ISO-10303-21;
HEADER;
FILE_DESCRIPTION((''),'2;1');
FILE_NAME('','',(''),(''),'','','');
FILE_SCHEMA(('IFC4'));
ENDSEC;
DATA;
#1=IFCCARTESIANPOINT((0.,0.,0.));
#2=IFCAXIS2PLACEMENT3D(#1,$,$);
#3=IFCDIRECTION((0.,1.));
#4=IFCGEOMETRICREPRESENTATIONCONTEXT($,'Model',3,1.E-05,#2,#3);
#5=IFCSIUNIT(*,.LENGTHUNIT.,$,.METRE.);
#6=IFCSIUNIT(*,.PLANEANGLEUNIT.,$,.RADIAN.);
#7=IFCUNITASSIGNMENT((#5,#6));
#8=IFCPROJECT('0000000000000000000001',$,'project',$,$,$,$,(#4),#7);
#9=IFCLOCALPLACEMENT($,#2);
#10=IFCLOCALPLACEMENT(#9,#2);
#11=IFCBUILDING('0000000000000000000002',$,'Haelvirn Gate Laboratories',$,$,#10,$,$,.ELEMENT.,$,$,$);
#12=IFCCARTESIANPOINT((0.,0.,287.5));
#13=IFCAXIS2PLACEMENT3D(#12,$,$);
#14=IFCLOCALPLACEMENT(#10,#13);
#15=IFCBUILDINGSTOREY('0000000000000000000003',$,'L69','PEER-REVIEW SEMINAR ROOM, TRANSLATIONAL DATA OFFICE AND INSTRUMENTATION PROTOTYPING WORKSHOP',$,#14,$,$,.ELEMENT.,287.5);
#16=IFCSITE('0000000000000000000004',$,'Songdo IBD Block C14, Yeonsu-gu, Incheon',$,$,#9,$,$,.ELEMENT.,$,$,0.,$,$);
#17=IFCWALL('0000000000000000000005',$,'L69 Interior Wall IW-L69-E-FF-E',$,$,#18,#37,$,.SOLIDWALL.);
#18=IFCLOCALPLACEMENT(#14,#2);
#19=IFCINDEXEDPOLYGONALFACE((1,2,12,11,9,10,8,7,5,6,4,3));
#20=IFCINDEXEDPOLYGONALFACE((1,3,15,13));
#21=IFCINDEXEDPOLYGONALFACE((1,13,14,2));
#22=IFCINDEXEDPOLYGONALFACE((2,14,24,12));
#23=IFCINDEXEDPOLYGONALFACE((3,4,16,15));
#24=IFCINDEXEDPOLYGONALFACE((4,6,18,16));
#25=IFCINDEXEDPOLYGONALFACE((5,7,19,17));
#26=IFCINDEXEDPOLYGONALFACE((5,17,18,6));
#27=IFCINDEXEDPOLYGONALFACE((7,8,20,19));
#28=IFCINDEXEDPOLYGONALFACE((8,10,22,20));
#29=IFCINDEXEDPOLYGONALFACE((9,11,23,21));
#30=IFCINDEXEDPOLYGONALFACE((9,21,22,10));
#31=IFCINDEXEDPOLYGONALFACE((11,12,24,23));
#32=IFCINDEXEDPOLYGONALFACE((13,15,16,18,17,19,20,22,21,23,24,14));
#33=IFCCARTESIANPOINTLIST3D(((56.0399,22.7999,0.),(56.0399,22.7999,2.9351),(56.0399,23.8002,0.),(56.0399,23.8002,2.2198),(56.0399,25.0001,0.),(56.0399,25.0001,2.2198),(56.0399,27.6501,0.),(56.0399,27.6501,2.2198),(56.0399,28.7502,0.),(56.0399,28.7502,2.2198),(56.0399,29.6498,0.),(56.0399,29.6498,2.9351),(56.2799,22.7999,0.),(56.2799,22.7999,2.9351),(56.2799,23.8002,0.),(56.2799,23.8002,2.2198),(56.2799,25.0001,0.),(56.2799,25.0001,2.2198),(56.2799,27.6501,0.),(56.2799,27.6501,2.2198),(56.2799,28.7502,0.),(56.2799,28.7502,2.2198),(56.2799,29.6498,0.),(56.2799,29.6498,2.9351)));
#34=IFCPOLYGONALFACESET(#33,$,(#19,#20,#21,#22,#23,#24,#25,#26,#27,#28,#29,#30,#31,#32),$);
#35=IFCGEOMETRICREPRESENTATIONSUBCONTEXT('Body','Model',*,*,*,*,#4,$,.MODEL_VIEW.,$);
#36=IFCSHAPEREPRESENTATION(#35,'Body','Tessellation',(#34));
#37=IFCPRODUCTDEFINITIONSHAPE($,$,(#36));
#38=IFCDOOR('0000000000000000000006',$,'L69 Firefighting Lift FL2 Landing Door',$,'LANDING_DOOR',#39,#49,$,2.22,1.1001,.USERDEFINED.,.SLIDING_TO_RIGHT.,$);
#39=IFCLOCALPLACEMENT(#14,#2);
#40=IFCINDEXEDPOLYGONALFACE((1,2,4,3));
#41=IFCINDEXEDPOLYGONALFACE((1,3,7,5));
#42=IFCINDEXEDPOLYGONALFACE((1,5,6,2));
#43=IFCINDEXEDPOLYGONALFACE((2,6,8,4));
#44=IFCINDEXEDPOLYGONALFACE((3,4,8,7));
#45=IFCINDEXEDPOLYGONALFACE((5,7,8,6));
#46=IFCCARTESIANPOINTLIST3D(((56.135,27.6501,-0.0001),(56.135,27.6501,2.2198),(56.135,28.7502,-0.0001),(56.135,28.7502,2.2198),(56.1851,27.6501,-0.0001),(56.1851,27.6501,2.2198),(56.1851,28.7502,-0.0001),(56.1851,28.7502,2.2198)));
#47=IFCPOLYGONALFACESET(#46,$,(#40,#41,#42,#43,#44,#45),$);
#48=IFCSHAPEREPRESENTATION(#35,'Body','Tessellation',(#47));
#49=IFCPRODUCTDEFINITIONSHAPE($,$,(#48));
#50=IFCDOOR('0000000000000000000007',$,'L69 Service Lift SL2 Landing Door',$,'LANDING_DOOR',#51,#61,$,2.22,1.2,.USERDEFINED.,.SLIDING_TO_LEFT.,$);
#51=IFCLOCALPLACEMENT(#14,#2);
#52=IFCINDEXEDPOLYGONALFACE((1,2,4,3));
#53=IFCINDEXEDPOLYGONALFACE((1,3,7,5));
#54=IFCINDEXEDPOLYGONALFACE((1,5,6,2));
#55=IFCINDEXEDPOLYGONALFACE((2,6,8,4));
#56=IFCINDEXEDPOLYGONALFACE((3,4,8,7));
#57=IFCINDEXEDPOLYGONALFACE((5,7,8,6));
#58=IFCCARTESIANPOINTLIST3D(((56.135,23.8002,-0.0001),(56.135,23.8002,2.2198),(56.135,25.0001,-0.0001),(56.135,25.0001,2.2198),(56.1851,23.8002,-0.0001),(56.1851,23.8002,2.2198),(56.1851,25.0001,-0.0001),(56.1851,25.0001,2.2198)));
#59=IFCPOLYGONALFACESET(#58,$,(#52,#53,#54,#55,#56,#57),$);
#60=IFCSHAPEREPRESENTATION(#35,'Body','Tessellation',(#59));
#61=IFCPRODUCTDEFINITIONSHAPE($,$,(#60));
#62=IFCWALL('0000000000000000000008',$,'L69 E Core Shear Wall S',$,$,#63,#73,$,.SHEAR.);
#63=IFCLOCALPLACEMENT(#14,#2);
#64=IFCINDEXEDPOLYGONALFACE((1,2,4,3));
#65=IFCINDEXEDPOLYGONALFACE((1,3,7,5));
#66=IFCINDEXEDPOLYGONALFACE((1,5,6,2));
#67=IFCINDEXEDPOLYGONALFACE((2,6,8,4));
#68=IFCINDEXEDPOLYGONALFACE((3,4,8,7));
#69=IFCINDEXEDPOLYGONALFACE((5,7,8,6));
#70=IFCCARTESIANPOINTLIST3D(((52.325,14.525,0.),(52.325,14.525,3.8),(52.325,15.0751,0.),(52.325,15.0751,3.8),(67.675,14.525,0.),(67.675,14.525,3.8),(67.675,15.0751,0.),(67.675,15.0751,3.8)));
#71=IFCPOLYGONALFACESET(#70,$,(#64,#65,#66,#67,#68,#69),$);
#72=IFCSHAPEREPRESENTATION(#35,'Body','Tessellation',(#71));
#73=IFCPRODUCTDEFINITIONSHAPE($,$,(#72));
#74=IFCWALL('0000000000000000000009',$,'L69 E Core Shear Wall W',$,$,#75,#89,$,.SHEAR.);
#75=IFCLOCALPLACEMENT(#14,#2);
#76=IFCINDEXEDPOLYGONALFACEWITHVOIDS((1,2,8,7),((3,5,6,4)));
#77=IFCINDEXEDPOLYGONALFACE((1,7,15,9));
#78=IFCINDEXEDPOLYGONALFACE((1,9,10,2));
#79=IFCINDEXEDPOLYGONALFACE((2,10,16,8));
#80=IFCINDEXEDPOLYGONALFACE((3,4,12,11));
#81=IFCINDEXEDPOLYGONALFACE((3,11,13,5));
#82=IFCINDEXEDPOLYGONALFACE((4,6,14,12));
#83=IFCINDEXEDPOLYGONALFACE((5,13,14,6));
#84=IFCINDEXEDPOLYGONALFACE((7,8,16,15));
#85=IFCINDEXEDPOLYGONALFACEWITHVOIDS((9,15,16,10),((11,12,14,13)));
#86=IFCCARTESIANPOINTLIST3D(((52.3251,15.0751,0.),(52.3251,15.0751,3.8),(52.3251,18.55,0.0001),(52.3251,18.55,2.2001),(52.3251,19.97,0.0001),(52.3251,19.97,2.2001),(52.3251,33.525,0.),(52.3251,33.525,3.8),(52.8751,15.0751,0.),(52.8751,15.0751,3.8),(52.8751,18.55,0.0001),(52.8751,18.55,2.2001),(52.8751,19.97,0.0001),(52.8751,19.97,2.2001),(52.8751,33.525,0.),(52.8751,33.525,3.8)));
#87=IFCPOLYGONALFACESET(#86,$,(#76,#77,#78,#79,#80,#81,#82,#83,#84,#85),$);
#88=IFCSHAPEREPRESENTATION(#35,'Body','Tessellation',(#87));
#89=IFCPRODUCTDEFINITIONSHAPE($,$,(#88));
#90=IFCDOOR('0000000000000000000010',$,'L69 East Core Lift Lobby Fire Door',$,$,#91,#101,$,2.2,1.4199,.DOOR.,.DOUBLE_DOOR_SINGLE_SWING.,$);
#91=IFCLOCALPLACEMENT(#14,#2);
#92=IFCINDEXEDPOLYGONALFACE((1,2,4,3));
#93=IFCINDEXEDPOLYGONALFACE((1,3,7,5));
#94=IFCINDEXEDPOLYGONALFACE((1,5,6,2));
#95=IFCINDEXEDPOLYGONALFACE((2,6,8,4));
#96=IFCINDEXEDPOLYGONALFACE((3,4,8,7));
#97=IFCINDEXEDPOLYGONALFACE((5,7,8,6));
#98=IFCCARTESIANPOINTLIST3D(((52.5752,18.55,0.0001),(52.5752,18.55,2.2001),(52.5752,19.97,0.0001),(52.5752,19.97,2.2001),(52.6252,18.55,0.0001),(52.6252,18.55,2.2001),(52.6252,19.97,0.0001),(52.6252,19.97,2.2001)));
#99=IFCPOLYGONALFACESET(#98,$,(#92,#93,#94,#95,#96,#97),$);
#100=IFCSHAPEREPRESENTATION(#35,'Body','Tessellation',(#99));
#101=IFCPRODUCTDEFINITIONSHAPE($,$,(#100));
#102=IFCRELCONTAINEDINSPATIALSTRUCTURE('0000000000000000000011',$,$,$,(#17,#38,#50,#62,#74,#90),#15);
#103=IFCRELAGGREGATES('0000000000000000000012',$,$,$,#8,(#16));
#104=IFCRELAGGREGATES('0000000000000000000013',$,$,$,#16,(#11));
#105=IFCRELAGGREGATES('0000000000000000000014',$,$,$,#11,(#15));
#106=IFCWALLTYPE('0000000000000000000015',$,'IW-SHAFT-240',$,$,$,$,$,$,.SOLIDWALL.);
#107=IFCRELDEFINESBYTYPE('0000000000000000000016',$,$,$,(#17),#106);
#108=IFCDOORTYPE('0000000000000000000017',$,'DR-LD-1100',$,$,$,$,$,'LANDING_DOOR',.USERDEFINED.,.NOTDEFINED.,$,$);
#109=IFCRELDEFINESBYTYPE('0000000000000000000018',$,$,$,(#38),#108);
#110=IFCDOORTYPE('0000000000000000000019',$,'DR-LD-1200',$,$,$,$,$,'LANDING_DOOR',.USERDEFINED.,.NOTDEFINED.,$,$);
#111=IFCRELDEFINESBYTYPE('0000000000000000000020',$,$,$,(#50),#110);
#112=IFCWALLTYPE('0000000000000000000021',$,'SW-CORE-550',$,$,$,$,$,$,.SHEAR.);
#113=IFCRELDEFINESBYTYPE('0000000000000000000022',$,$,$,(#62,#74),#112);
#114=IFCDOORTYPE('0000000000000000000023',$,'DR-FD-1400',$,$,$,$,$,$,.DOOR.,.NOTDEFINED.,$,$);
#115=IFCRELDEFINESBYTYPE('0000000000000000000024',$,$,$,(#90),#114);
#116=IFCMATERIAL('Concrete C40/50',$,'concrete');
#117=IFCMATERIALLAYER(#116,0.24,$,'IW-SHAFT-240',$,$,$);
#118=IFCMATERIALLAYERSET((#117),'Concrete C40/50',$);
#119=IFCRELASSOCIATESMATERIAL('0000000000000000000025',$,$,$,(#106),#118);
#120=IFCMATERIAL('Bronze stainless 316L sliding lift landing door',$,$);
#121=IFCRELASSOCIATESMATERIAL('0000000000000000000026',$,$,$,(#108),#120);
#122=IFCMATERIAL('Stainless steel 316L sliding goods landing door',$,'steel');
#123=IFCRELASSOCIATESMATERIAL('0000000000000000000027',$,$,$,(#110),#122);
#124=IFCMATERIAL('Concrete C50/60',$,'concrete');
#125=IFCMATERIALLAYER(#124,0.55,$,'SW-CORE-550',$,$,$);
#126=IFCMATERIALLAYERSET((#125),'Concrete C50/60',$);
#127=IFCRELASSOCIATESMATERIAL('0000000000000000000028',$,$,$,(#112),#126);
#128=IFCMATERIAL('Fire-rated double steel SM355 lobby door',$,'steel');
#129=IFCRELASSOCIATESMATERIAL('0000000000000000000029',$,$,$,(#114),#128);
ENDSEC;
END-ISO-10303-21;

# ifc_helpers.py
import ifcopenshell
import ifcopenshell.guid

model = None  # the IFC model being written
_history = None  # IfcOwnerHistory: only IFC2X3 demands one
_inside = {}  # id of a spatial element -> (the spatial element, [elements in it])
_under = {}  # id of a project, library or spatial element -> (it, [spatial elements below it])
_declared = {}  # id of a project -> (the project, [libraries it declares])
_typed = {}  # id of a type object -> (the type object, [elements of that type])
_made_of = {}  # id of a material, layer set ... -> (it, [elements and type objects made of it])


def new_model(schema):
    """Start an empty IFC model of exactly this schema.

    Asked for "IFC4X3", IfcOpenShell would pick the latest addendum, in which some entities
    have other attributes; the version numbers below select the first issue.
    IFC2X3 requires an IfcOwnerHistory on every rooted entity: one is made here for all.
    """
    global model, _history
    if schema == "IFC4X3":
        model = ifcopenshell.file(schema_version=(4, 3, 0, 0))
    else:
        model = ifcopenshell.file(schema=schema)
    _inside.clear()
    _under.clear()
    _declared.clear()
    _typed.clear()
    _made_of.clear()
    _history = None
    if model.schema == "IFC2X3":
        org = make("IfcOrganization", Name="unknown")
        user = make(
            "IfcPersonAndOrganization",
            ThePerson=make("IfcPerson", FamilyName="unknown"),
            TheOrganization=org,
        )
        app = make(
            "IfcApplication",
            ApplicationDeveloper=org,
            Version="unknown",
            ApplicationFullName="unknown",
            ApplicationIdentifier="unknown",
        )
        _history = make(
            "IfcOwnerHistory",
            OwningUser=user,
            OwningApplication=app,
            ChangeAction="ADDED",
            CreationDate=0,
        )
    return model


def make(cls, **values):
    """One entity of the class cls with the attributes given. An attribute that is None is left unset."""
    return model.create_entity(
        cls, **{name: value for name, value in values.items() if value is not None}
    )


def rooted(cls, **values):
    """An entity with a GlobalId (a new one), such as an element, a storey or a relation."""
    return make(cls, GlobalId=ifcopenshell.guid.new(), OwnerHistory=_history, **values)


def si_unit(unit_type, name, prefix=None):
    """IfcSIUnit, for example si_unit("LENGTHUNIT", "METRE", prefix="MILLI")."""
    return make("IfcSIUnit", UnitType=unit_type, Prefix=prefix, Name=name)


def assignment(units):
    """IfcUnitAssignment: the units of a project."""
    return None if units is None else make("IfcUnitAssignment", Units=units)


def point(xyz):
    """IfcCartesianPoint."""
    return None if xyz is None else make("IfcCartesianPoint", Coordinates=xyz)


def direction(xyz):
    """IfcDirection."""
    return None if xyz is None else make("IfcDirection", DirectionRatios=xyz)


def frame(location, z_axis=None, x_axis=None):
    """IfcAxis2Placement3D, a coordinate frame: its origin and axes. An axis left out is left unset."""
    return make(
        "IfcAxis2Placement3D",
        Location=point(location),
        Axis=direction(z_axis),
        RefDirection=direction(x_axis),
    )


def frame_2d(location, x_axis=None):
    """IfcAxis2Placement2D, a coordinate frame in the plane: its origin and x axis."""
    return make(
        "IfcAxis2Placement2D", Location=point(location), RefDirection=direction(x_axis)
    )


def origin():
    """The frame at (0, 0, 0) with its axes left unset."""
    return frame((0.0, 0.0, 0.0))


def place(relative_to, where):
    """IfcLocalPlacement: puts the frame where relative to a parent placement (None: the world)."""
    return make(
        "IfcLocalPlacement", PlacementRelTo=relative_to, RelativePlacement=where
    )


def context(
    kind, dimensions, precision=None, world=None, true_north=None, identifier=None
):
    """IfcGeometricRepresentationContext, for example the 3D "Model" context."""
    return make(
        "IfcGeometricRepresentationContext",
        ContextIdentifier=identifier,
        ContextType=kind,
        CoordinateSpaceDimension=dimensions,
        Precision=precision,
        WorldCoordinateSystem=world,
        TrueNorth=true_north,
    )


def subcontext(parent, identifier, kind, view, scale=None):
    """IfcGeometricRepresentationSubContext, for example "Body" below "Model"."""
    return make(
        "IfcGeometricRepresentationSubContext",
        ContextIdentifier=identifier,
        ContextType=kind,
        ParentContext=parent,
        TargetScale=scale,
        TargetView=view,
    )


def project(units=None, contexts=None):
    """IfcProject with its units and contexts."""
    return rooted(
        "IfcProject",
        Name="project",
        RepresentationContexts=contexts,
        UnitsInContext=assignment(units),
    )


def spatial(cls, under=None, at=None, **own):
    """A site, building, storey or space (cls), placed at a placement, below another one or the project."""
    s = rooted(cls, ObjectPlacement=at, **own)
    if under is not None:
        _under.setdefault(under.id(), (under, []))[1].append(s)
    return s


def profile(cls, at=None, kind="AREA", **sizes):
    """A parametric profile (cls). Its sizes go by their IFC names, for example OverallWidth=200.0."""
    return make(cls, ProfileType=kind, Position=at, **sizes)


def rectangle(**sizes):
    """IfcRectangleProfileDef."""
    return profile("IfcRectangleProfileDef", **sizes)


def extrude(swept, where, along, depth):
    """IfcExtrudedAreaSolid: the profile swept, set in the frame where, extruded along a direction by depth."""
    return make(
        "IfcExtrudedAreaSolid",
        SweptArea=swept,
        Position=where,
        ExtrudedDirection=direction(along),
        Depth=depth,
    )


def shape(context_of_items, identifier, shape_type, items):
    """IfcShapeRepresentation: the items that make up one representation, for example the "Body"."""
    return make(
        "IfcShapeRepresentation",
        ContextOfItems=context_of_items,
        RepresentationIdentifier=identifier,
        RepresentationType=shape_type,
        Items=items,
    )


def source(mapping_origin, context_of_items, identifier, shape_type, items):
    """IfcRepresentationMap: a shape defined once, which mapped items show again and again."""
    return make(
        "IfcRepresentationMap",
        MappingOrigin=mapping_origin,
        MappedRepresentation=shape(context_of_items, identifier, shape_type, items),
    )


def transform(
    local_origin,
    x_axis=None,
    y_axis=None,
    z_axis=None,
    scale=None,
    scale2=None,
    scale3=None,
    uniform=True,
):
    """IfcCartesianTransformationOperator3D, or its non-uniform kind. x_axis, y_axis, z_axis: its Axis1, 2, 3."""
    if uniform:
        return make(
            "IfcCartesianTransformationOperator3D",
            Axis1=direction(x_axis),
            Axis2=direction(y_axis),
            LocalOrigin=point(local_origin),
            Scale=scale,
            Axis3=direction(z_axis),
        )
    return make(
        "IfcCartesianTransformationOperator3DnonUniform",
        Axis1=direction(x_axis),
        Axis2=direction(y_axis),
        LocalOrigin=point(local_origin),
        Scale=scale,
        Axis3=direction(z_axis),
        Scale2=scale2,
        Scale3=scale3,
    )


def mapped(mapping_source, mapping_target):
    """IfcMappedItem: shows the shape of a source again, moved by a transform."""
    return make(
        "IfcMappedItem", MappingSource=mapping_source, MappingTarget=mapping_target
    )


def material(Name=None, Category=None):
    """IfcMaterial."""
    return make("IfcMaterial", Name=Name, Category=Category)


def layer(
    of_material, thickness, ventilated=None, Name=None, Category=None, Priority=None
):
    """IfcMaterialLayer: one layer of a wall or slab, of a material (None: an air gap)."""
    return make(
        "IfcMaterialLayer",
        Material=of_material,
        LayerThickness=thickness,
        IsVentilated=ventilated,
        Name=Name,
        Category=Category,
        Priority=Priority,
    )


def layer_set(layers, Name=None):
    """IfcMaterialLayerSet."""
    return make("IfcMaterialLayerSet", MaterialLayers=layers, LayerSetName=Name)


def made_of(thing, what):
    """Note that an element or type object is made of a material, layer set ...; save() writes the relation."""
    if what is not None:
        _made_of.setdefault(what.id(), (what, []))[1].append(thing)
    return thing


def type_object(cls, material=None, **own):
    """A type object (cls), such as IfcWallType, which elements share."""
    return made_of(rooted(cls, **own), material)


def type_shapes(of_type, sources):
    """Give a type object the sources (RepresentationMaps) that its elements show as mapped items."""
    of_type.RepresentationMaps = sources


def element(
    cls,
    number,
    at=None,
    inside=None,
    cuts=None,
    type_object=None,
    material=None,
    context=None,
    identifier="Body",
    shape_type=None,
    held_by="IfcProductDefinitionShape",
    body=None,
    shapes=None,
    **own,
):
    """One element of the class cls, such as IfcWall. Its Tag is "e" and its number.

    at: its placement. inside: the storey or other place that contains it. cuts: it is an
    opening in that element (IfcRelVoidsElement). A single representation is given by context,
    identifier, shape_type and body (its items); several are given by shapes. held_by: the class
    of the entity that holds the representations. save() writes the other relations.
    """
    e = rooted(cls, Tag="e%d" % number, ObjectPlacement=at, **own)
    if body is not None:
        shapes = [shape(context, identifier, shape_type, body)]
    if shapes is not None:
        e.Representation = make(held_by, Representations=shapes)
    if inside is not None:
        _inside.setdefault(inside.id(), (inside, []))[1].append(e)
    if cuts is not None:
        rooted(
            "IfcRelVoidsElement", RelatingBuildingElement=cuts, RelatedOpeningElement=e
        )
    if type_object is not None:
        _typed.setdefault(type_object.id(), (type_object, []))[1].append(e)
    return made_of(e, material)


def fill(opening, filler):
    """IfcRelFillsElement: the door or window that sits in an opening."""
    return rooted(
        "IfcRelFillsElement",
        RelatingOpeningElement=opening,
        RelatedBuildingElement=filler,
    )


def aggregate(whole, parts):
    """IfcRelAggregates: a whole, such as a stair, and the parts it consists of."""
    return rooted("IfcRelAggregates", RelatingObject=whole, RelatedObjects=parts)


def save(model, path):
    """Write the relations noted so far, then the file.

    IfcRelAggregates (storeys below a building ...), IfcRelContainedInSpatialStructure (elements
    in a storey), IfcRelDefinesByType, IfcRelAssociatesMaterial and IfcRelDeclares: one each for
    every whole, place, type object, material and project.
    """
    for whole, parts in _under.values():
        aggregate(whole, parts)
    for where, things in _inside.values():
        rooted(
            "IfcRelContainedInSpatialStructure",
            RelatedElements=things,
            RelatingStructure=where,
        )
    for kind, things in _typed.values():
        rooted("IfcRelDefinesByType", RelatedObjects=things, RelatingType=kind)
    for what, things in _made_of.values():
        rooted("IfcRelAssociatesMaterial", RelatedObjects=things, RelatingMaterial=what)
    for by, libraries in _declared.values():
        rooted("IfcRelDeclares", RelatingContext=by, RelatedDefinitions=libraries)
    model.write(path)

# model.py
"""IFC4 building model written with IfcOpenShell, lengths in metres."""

from ifc_helpers import new_model, si_unit, direction, frame, frame_2d, origin, place, context, subcontext, project, spatial, rectangle, extrude, source, transform, mapped, material, layer, layer_set, type_object, type_shapes, element, fill, save


model = new_model("IFC4")

# Units and contexts
model_context = context("Model", 3, precision=1e-05, world=origin(), true_north=direction((0.0, 1.0)))
body_context = subcontext(model_context, "Body", "Model", "MODEL_VIEW")
ifc_project = project(units=[si_unit("LENGTHUNIT", "METRE"), si_unit("PLANEANGLEUNIT", "RADIAN")], contexts=[model_context])

# Site, building, storey
site_placement = place(None, origin())
site = spatial("IfcSite", under=ifc_project, at=site_placement, Name="Songdo IBD Block C14, Yeonsu-gu, Incheon", CompositionType="ELEMENT", RefElevation=0.0)
building_placement = place(site_placement, origin())
building = spatial("IfcBuilding", under=site, at=building_placement, Name="Haelvirn Gate Laboratories", CompositionType="ELEMENT")
storey_placement = place(building_placement, frame((0.0, 0.0, 287.5)))
storey = spatial("IfcBuildingStorey", under=building, at=storey_placement, Name="L69", Description="PEER-REVIEW SEMINAR ROOM, TRANSLATIONAL DATA OFFICE AND INSTRUMENTATION PROTOTYPING WORKSHOP", CompositionType="ELEMENT", Elevation=287.5)

# Shared definitions
ifc_material_1 = material(Name="Concrete C40/50", Category="concrete")

# Wall, openings, doors
ifc_layer_1 = layer(ifc_material_1, 0.24, Name="IW-SHAFT-240")
ifc_layer_set_1 = layer_set([ifc_layer_1], Name="Concrete C40/50")
wall_type_1 = type_object("IfcWallType", Name="IW-SHAFT-240", PredefinedType="SOLIDWALL", material=ifc_layer_set_1)
wall_1_placement = place(storey_placement, frame((56.1599, 22.8, 0.0), z_axis=(0.0, 0.0, 1.0), x_axis=(0.0, 1.0, 0.0)))
wall_1 = element("IfcWall", 1, at=wall_1_placement, inside=storey, type_object=wall_type_1, Name="L69 Interior Wall IW-L69-E-FF-E", PredefinedType="SOLIDWALL", context=body_context, shape_type="SweptSolid", body=[
    extrude(rectangle(XDim=6.8499, YDim=0.24, at=frame_2d((3.4248, 0.0))), origin(), (0.0, 0.0, 1.0), 2.9351),
])
opening_1_placement = place(wall_1_placement, frame((4.8501, 0.0, 0.0)))
opening_1 = element("IfcOpeningElement", 2, at=opening_1_placement, cuts=wall_1, PredefinedType="OPENING", context=body_context, shape_type="SweptSolid", body=[
    extrude(rectangle(XDim=1.1001, YDim=2.22, at=frame_2d((0.55, 1.1099))), frame((0.0, 0.1299, 0.0), z_axis=(0.0, -1.0, 0.0), x_axis=(1.0, 0.0, 0.0)), (0.0, 0.0, 1.0), 0.26),
])
opening_2_placement = place(wall_1_placement, frame((1.0, 0.0, 0.0)))
opening_2 = element("IfcOpeningElement", 3, at=opening_2_placement, cuts=wall_1, PredefinedType="OPENING", context=body_context, shape_type="SweptSolid", body=[
    extrude(rectangle(XDim=1.2, YDim=2.22, at=frame_2d((0.6001, 1.1099))), frame((0.0, 0.1299, 0.0), z_axis=(0.0, -1.0, 0.0), x_axis=(1.0, 0.0, 0.0)), (0.0, 0.0, 1.0), 0.26),
])
ifc_material_2 = material(Name="Bronze stainless 316L sliding lift landing door")
door_type_1 = type_object("IfcDoorType", Name="DR-LD-1100", ElementType="LANDING_DOOR", OperationType="NOTDEFINED", PredefinedType="USERDEFINED", material=ifc_material_2)
shared_shape_1 = source(origin(), body_context, "Body", "SweptSolid", [
    extrude(rectangle(XDim=1.1001, YDim=2.22, at=frame_2d((0.55, 1.1099))), frame((0.0, 0.0249, 0.0), z_axis=(0.0, -1.0, 0.0), x_axis=(1.0, 0.0, 0.0)), (0.0, 0.0, 1.0), 0.05),
])
type_shapes(door_type_1, [shared_shape_1])
door_1_placement = place(opening_1_placement, origin())
door_1 = element("IfcDoor", 4, at=door_1_placement, inside=storey, type_object=door_type_1, Name="L69 Firefighting Lift FL2 Landing Door", ObjectType="LANDING_DOOR", OperationType="SLIDING_TO_RIGHT", OverallHeight=2.22, OverallWidth=1.1001, PredefinedType="USERDEFINED", context=body_context, shape_type="MappedRepresentation", body=[
    mapped(shared_shape_1, transform((0.0, 0.0, 0.0), scale=1.0)),
])
fill(opening_1, door_1)
ifc_material_3 = material(Name="Stainless steel 316L sliding goods landing door", Category="steel")
door_type_2 = type_object("IfcDoorType", Name="DR-LD-1200", ElementType="LANDING_DOOR", OperationType="NOTDEFINED", PredefinedType="USERDEFINED", material=ifc_material_3)
shared_shape_2 = source(origin(), body_context, "Body", "SweptSolid", [
    extrude(rectangle(XDim=1.2, YDim=2.22, at=frame_2d((0.6001, 1.1099))), frame((0.0, 0.0249, 0.0), z_axis=(0.0, -1.0, 0.0), x_axis=(1.0, 0.0, 0.0)), (0.0, 0.0, 1.0), 0.05),
])
type_shapes(door_type_2, [shared_shape_2])
door_2_placement = place(opening_2_placement, origin())
door_2 = element("IfcDoor", 5, at=door_2_placement, inside=storey, type_object=door_type_2, Name="L69 Service Lift SL2 Landing Door", ObjectType="LANDING_DOOR", OperationType="SLIDING_TO_LEFT", OverallHeight=2.22, OverallWidth=1.2, PredefinedType="USERDEFINED", context=body_context, shape_type="MappedRepresentation", body=[
    mapped(shared_shape_2, transform((0.0, 0.0, 0.0), scale=1.0)),
])
fill(opening_2, door_2)

# Wall
ifc_material_4 = material(Name="Concrete C50/60", Category="concrete")
ifc_layer_2 = layer(ifc_material_4, 0.55, Name="SW-CORE-550")
ifc_layer_set_2 = layer_set([ifc_layer_2], Name="Concrete C50/60")
wall_type_2 = type_object("IfcWallType", Name="SW-CORE-550", PredefinedType="SHEAR", material=ifc_layer_set_2)
wall_2_placement = place(storey_placement, frame((52.325, 14.8, 0.0), z_axis=(0.0, 0.0, 1.0), x_axis=(1.0, 0.0, 0.0)))
element("IfcWall", 6, at=wall_2_placement, inside=storey, type_object=wall_type_2, Name="L69 E Core Shear Wall S", PredefinedType="SHEAR", context=body_context, shape_type="SweptSolid", body=[
    extrude(rectangle(XDim=15.3501, YDim=0.55, at=frame_2d((7.675, 0.0))), origin(), (0.0, 0.0, 1.0), 3.8),
])

# Wall, opening, door
wall_3_placement = place(storey_placement, frame((52.6001, 15.075, 0.0), z_axis=(0.0, 0.0, 1.0), x_axis=(0.0, 1.0, 0.0)))
wall_3 = element("IfcWall", 7, at=wall_3_placement, inside=storey, type_object=wall_type_2, Name="L69 E Core Shear Wall W", PredefinedType="SHEAR", context=body_context, shape_type="SweptSolid", body=[
    extrude(rectangle(XDim=18.45, YDim=0.55, at=frame_2d((9.2251, 0.0))), origin(), (0.0, 0.0, 1.0), 3.8),
])
opening_3_placement = place(wall_3_placement, frame((3.4751, 0.0, 0.0)))
opening_3 = element("IfcOpeningElement", 8, at=opening_3_placement, cuts=wall_3, PredefinedType="OPENING", context=body_context, shape_type="SweptSolid", body=[
    extrude(rectangle(XDim=1.4199, YDim=2.2, at=frame_2d((0.71, 1.1001))), frame((0.0, 0.2852, 0.0), z_axis=(0.0, -1.0, 0.0), x_axis=(1.0, 0.0, 0.0)), (0.0, 0.0, 1.0), 0.5701),
])
ifc_material_5 = material(Name="Fire-rated double steel SM355 lobby door", Category="steel")
door_type_3 = type_object("IfcDoorType", Name="DR-FD-1400", OperationType="NOTDEFINED", PredefinedType="DOOR", material=ifc_material_5)
shared_shape_3 = source(origin(), body_context, "Body", "SweptSolid", [
    extrude(rectangle(XDim=1.4199, YDim=2.2, at=frame_2d((0.71, 1.1001))), frame((0.0, 0.0249, 0.0), z_axis=(0.0, -1.0, 0.0), x_axis=(1.0, 0.0, 0.0)), (0.0, 0.0, 1.0), 0.05),
])
type_shapes(door_type_3, [shared_shape_3])
door_3_placement = place(opening_3_placement, origin())
door_3 = element("IfcDoor", 9, at=door_3_placement, inside=storey, type_object=door_type_3, Name="L69 East Core Lift Lobby Fire Door", OperationType="DOUBLE_DOOR_SINGLE_SWING", OverallHeight=2.2, OverallWidth=1.4199, PredefinedType="DOOR", context=body_context, shape_type="MappedRepresentation", body=[
    mapped(shared_shape_3, transform((0.0, 0.0, 0.0), scale=1.0)),
])
fill(opening_3, door_3)

save(model, "model.ifc")
